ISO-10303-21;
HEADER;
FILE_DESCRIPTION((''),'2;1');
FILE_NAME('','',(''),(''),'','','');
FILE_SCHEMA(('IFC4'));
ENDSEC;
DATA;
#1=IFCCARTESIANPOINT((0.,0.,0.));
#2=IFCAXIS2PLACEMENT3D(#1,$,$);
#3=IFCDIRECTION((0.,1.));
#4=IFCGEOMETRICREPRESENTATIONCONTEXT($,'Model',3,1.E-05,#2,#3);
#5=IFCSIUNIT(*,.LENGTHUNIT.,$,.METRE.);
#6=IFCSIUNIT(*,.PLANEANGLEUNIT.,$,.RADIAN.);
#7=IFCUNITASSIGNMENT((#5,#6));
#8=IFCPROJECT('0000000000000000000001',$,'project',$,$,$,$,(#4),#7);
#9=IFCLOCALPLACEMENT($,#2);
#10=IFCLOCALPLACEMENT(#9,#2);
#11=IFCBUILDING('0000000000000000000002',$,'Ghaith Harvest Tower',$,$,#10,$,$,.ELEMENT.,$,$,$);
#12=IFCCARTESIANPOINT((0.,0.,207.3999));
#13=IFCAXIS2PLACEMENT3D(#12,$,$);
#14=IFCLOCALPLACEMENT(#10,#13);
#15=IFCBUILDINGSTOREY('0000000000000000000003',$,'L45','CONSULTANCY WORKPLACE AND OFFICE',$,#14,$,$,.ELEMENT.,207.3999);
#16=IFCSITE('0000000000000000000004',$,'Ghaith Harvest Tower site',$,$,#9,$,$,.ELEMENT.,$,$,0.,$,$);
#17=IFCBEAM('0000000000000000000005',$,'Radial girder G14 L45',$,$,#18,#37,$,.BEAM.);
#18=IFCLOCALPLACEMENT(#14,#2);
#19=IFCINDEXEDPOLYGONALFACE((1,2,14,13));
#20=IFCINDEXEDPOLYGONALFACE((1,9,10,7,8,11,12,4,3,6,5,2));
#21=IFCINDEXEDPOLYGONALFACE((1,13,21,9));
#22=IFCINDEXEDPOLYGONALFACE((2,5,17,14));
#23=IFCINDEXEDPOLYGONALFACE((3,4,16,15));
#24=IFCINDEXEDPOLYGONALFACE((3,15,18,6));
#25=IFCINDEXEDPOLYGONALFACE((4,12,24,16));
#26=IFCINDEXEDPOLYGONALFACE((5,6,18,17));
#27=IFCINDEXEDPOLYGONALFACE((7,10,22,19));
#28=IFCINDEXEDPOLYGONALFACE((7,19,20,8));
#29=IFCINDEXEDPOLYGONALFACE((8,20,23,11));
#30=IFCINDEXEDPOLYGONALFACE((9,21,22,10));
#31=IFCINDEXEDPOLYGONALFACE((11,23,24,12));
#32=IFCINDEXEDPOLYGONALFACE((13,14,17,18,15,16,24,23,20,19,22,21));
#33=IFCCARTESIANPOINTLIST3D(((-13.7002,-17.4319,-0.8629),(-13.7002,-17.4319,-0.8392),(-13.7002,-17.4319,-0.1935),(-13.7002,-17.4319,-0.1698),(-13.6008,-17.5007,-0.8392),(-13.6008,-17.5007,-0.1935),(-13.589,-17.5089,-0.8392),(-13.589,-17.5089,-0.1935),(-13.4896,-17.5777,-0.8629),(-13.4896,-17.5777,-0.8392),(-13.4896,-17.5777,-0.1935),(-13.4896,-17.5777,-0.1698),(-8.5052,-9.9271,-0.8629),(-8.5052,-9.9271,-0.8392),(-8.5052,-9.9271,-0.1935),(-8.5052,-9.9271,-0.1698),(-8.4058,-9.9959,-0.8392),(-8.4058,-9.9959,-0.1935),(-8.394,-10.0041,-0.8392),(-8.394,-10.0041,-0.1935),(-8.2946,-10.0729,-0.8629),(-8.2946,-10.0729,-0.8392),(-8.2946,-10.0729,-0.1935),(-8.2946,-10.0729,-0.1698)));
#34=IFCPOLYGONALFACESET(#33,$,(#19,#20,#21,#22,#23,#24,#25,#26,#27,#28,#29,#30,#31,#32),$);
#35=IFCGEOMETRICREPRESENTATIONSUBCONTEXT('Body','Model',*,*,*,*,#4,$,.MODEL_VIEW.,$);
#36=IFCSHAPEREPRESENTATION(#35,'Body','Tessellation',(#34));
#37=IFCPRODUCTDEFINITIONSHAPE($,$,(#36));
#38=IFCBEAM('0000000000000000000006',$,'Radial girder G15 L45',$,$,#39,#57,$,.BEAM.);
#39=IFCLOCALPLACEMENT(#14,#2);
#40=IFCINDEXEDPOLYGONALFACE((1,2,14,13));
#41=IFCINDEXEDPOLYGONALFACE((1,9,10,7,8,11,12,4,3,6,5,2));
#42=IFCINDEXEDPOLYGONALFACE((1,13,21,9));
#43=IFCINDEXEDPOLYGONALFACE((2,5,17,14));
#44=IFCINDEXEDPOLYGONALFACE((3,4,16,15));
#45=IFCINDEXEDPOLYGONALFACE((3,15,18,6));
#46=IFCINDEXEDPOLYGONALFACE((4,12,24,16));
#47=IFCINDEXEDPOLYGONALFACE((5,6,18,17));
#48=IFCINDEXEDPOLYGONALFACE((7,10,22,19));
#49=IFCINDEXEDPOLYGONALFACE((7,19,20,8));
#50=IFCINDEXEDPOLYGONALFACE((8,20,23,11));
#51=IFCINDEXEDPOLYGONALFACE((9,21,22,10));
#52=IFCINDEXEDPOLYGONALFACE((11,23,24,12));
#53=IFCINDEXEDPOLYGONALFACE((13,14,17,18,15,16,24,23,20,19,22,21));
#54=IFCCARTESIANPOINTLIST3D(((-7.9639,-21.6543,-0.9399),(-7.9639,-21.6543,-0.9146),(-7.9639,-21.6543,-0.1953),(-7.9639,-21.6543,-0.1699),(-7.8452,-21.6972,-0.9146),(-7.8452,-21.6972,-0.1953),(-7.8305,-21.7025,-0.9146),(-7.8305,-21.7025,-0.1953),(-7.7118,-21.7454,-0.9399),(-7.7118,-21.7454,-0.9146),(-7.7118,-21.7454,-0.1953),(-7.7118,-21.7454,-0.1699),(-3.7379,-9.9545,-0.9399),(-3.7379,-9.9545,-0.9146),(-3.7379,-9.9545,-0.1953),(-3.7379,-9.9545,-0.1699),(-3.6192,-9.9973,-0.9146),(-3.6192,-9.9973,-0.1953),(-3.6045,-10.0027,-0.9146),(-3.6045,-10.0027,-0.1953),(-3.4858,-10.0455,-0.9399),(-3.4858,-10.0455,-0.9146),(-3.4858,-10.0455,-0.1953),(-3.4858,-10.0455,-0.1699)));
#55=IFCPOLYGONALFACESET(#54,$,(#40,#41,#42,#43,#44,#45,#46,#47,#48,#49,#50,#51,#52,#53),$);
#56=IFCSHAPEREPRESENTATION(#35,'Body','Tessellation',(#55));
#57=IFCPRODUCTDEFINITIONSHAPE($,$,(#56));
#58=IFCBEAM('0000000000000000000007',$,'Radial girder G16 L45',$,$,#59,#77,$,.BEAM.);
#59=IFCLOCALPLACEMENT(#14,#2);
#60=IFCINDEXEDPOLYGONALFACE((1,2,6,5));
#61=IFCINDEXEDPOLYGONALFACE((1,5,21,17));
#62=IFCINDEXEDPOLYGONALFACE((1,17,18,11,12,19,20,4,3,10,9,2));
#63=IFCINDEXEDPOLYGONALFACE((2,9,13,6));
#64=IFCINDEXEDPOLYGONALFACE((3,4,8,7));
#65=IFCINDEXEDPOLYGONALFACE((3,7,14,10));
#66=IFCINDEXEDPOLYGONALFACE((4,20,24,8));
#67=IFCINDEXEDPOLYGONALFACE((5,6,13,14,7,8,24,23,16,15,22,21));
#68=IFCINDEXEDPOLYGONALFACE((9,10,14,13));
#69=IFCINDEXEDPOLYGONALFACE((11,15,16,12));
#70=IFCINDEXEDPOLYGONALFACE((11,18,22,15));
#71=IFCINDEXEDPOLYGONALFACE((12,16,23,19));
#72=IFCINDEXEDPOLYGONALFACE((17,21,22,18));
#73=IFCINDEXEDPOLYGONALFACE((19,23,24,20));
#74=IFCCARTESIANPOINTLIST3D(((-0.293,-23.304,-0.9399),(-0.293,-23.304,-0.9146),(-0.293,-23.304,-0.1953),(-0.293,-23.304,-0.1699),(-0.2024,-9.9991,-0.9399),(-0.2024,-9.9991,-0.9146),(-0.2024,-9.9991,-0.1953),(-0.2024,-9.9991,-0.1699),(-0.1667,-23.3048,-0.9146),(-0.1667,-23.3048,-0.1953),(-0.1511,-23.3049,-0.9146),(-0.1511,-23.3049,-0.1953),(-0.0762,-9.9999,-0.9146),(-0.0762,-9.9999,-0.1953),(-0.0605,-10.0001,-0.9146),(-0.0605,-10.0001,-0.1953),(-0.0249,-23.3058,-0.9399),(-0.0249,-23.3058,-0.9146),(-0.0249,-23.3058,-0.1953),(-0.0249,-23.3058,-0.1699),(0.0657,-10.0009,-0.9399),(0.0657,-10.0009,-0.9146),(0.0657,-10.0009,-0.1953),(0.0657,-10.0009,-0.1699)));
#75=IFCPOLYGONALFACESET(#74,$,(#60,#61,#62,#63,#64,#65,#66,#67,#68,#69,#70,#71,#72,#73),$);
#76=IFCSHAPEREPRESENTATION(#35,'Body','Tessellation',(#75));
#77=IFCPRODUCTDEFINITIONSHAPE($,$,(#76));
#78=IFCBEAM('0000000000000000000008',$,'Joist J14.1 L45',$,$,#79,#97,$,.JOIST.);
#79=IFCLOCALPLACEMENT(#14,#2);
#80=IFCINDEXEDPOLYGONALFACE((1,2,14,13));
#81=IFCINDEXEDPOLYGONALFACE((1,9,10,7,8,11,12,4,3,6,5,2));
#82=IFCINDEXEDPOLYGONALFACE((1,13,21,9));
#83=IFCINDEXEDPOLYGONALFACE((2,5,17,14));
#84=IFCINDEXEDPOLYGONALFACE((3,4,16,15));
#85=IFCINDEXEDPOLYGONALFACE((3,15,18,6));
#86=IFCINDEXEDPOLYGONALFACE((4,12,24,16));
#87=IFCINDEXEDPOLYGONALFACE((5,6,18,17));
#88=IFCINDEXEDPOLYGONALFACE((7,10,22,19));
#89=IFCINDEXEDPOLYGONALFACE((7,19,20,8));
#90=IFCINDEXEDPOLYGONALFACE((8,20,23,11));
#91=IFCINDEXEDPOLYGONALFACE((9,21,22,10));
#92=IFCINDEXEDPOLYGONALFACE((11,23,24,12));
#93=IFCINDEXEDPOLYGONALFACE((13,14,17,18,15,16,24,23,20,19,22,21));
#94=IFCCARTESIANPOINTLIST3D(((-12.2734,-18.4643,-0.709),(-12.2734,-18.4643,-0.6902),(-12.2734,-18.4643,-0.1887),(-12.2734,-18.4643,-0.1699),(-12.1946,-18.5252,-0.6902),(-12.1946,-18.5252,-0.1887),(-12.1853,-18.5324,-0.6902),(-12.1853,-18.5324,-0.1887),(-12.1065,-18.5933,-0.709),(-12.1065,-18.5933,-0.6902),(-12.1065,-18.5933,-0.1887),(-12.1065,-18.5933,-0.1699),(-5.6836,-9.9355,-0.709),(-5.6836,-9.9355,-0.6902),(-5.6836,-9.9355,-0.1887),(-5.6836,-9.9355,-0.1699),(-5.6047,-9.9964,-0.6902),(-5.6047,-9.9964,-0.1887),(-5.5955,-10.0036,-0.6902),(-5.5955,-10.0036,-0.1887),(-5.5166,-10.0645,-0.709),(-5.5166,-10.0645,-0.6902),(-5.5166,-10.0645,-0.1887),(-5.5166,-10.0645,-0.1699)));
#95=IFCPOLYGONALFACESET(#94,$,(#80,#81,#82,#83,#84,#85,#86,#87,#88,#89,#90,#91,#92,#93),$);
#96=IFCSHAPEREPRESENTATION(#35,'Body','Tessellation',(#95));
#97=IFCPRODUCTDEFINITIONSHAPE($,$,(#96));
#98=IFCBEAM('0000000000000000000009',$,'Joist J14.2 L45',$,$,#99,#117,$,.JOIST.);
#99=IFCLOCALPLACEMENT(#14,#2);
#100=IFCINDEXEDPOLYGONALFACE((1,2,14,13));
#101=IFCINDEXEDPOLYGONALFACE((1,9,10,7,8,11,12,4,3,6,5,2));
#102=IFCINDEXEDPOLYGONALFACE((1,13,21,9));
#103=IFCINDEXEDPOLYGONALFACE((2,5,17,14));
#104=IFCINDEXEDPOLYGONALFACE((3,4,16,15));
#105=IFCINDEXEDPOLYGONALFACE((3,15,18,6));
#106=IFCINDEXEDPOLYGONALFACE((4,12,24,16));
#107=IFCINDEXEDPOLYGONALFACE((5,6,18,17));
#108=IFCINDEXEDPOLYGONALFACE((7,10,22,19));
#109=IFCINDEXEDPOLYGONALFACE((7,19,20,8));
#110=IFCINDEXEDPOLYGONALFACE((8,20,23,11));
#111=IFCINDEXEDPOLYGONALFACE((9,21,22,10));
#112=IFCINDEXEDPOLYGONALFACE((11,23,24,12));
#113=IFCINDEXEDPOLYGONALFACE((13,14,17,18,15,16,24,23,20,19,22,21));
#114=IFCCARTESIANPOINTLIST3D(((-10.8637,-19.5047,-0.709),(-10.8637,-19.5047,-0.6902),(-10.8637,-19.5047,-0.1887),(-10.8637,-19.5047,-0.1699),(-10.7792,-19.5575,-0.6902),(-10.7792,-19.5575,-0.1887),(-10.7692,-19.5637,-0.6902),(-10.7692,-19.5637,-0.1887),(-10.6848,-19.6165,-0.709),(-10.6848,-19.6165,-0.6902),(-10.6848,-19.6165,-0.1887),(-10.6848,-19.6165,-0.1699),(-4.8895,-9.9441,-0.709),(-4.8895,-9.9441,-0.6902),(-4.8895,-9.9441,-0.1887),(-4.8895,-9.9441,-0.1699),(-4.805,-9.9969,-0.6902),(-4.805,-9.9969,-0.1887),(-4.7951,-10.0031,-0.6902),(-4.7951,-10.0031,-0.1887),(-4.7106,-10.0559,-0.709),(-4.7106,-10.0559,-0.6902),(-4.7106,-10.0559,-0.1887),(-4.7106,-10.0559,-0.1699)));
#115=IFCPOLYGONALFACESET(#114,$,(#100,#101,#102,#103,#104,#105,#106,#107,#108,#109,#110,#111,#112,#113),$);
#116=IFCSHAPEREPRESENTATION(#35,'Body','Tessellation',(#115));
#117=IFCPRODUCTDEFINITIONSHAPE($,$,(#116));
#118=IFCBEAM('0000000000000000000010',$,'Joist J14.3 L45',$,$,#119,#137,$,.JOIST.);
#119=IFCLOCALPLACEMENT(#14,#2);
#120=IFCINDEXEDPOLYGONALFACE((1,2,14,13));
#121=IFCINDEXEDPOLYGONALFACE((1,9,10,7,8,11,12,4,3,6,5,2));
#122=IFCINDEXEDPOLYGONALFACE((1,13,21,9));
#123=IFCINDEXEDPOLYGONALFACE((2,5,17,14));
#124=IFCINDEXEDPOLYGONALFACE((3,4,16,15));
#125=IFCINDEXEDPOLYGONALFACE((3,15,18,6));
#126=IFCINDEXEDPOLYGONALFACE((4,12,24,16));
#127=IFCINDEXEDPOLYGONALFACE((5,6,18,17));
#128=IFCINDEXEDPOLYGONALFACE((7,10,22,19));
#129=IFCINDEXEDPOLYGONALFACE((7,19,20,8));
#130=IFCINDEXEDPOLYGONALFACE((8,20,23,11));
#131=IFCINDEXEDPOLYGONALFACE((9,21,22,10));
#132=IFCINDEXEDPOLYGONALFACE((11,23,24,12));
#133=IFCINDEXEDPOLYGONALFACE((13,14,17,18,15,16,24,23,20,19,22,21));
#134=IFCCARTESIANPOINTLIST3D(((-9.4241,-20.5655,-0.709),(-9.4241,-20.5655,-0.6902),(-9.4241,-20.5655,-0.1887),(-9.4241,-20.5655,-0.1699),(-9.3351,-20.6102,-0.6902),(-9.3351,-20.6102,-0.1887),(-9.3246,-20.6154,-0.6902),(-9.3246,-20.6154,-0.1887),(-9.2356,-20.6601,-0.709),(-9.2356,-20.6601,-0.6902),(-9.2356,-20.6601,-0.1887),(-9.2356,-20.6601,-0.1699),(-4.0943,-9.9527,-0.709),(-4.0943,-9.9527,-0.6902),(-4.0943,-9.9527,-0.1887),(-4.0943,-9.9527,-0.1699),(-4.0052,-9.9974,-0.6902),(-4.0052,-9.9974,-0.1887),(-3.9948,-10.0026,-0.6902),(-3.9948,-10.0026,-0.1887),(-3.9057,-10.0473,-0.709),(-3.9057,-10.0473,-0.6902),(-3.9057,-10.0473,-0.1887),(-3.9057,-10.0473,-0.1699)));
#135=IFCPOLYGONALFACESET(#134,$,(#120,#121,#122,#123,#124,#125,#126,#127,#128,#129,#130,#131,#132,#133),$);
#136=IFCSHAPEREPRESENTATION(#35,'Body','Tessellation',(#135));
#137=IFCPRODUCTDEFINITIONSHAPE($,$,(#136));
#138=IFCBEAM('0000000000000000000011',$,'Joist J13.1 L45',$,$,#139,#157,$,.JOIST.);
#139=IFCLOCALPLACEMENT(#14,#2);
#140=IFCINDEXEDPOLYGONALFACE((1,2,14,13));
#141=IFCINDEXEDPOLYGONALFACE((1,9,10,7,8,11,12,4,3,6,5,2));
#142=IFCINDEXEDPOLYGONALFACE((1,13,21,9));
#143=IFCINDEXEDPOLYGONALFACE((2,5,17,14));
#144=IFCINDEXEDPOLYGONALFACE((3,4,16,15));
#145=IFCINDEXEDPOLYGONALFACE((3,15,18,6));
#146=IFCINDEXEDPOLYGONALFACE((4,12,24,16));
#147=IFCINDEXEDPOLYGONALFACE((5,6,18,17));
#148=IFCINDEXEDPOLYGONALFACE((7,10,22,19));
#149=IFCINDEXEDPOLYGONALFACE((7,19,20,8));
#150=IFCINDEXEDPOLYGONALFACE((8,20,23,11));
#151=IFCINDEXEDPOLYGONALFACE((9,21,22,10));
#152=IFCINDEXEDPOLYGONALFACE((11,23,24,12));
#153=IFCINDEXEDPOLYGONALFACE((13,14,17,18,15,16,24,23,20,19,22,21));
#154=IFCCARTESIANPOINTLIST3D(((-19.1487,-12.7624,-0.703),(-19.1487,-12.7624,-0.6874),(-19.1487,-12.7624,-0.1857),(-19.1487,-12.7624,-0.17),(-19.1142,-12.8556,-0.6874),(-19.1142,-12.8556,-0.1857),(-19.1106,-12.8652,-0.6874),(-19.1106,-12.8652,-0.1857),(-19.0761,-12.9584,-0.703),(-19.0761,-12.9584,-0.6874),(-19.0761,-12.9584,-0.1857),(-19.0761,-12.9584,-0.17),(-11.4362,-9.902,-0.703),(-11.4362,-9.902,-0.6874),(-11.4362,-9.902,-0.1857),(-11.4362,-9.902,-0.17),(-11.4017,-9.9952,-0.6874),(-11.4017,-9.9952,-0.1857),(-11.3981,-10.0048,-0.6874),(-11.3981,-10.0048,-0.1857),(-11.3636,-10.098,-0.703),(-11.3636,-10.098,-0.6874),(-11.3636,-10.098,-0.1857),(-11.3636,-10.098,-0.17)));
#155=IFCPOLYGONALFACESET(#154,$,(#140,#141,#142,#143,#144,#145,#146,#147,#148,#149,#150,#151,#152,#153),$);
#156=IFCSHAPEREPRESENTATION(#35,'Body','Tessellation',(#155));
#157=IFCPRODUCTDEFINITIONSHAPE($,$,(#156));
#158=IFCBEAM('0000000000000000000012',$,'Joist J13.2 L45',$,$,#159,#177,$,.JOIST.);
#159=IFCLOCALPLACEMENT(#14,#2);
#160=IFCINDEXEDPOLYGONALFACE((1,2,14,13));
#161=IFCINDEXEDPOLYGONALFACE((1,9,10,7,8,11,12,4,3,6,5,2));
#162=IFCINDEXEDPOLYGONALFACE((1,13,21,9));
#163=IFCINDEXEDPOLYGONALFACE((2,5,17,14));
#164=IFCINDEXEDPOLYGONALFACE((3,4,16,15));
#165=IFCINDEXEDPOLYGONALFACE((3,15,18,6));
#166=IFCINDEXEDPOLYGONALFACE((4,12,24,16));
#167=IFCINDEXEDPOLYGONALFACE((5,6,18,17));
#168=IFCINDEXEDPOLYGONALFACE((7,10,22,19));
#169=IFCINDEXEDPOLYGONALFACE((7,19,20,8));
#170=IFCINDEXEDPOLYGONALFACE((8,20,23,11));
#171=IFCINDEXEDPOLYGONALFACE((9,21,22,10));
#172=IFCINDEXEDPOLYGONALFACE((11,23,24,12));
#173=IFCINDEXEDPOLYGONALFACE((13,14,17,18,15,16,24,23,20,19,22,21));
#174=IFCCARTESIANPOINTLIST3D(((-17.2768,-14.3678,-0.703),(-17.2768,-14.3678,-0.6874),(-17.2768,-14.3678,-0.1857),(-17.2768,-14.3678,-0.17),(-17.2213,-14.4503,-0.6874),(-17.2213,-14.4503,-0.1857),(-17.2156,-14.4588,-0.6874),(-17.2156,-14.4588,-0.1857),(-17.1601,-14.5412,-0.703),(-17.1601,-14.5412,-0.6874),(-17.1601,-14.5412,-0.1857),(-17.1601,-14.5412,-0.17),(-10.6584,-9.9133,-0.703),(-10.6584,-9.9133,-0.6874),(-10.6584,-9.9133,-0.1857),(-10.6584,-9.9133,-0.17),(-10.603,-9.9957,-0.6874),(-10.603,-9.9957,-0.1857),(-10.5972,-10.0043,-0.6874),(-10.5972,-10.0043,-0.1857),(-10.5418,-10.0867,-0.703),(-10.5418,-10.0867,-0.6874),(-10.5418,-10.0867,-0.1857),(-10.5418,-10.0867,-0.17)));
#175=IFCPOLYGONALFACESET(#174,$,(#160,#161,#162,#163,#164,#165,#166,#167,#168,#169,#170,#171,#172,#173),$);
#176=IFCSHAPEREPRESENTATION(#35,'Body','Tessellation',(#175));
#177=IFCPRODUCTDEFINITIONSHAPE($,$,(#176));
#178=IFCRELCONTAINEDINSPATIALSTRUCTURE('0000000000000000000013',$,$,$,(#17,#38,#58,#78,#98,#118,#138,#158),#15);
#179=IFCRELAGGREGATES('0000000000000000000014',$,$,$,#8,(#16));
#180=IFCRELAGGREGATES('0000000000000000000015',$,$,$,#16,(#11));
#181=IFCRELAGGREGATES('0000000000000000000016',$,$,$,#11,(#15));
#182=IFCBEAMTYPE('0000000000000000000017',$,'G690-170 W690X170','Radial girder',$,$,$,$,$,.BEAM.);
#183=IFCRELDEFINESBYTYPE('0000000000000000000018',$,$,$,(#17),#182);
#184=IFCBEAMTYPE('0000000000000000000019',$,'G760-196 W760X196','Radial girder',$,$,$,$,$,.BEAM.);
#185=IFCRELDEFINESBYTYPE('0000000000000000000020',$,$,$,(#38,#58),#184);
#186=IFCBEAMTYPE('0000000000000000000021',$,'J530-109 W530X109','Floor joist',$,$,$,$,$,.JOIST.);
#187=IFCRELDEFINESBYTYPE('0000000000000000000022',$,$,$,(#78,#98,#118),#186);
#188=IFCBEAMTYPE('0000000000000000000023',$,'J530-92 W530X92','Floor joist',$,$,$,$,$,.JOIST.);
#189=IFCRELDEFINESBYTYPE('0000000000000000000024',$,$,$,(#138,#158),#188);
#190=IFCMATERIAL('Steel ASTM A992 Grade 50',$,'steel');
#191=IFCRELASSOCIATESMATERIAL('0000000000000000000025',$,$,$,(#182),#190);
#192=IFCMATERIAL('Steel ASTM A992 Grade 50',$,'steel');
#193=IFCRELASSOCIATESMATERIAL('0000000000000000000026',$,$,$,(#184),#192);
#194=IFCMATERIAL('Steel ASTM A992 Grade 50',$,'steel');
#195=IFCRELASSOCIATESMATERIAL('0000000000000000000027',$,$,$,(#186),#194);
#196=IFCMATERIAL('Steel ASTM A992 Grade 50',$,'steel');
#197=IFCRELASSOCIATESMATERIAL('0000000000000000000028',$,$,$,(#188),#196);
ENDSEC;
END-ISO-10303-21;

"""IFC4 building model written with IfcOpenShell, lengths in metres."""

from ifc_helpers import new_model, si_unit, direction, frame, origin, origin_2d, place, context, subcontext, project, spatial, i_section, extrude, material, material_profile, profile_set, type_object, element, save


model = new_model("IFC4")

# Units and contexts
model_context = context("Model", 3, precision=1e-05, world=origin(), true_north=direction((0.0, 1.0)))
body_context = subcontext(model_context, "Body", "Model", "MODEL_VIEW")
ifc_project = project(units=[si_unit("LENGTHUNIT", "METRE"), si_unit("PLANEANGLEUNIT", "RADIAN")], contexts=[model_context])

# Site, building, storey
site_placement = place(None, origin())
site = spatial("IfcSite", under=ifc_project, at=site_placement, Name="Ghaith Harvest Tower site", CompositionType="ELEMENT", RefElevation=0.0)
building_placement = place(site_placement, origin())
building = spatial("IfcBuilding", under=site, at=building_placement, Name="Ghaith Harvest Tower", CompositionType="ELEMENT")
storey_placement = place(building_placement, frame((0.0, 0.0, 207.3999)))
storey = spatial("IfcBuildingStorey", under=building, at=storey_placement, Name="L45", Description="CONSULTANCY WORKPLACE AND OFFICE", CompositionType="ELEMENT", Elevation=207.3999)

# Beams
ifc_material_1 = material(Name="Steel ASTM A992 Grade 50", Category="steel")
ifc_material_profile_1 = material_profile(ifc_material_1, i_section(OverallWidth=0.2561, OverallDepth=0.6931, WebThickness=0.0144, FlangeThickness=0.0237, at=origin_2d()), Name="W690X170")
ifc_profile_set_1 = profile_set([ifc_material_profile_1], Name="Steel ASTM A992 Grade 50")
beam_type_1 = type_object("IfcBeamType", Name="G690-170 W690X170", Description="Radial girder", PredefinedType="BEAM", material=ifc_profile_set_1)
beam_1_placement = place(storey_placement, frame((-8.3999, -10.0, -0.5164), z_axis=(-0.569164, -0.822224, 0.0), x_axis=(0.822224, -0.569164, 0.0)))
element("IfcBeam", 1, at=beam_1_placement, inside=storey, type_object=beam_type_1, Name="Radial girder G14 L45", PredefinedType="BEAM", context=body_context, shape_type="SweptSolid", body=[
    extrude(i_section(OverallWidth=0.2561, OverallDepth=0.6931, WebThickness=0.0144, FlangeThickness=0.0237, at=origin_2d()), origin(), (0.0, 0.0, 1.0), 9.1274),
])
ifc_material_2 = material(Name="Steel ASTM A992 Grade 50", Category="steel")
ifc_material_profile_2 = material_profile(ifc_material_2, i_section(OverallWidth=0.2681, OverallDepth=0.77, WebThickness=0.0156, FlangeThickness=0.0254, at=origin_2d()), Name="W760X196")
ifc_profile_set_2 = profile_set([ifc_material_profile_2], Name="Steel ASTM A992 Grade 50")
beam_type_2 = type_object("IfcBeamType", Name="G760-196 W760X196", Description="Radial girder", PredefinedType="BEAM", material=ifc_profile_set_2)
beam_2_placement = place(storey_placement, frame((-3.6118, -10.0, -0.5549), z_axis=(-0.339722, -0.940526, 0.0), x_axis=(0.940526, -0.339722, 0.0)))
element("IfcBeam", 2, at=beam_2_placement, inside=storey, type_object=beam_type_2, Name="Radial girder G15 L45", PredefinedType="BEAM", context=body_context, shape_type="SweptSolid", body=[
    extrude(i_section(OverallWidth=0.2681, OverallDepth=0.77, WebThickness=0.0156, FlangeThickness=0.0254, at=origin_2d()), origin(), (0.0, 0.0, 1.0), 12.4397),
])
beam_3_placement = place(storey_placement, frame((-0.0684, -10.0, -0.5549), z_axis=(-0.006808, -0.999977, 0.0), x_axis=(0.999977, -0.006808, 0.0)))
element("IfcBeam", 3, at=beam_3_placement, inside=storey, type_object=beam_type_2, Name="Radial girder G16 L45", PredefinedType="BEAM", context=body_context, shape_type="SweptSolid", body=[
    extrude(i_section(OverallWidth=0.2681, OverallDepth=0.77, WebThickness=0.0156, FlangeThickness=0.0254, at=origin_2d()), origin(), (0.0, 0.0, 1.0), 13.3052),
])
ifc_material_3 = material(Name="Steel ASTM A992 Grade 50", Category="steel")
ifc_material_profile_3 = material_profile(ifc_material_3, i_section(OverallWidth=0.2109, OverallDepth=0.5391, WebThickness=0.0117, FlangeThickness=0.0188, at=origin_2d()), Name="W530X109")
ifc_profile_set_3 = profile_set([ifc_material_profile_3], Name="Steel ASTM A992 Grade 50")
beam_type_3 = type_object("IfcBeamType", Name="J530-109 W530X109", Description="Floor joist", PredefinedType="JOIST", material=ifc_profile_set_3)
beam_4_placement = place(storey_placement, frame((-5.6001, -10.0, -0.4395), z_axis=(-0.611413, -0.791312, 0.0), x_axis=(0.791312, -0.611413, 0.0)))
element("IfcBeam", 4, at=beam_4_placement, inside=storey, type_object=beam_type_3, Name="Joist J14.1 L45", PredefinedType="JOIST", context=body_context, shape_type="SweptSolid", body=[
    extrude(i_section(OverallWidth=0.2109, OverallDepth=0.5391, WebThickness=0.0117, FlangeThickness=0.0188, at=origin_2d()), origin(), (0.0, 0.0, 1.0), 10.7781),
])
beam_5_placement = place(storey_placement, frame((-4.8, -10.0, -0.4395), z_axis=(-0.529921, -0.848047, 0.0), x_axis=(0.848047, -0.529921, 0.0)))
element("IfcBeam", 5, at=beam_5_placement, inside=storey, type_object=beam_type_3, Name="Joist J14.2 L45", PredefinedType="JOIST", context=body_context, shape_type="SweptSolid", body=[
    extrude(i_section(OverallWidth=0.2109, OverallDepth=0.5391, WebThickness=0.0117, FlangeThickness=0.0188, at=origin_2d()), origin(), (0.0, 0.0, 1.0), 11.2737),
])
beam_6_placement = place(storey_placement, frame((-4.0, -10.0, -0.4395), z_axis=(-0.448792, -0.893636, 0.0), x_axis=(0.893636, -0.448792, 0.0)))
element("IfcBeam", 6, at=beam_6_placement, inside=storey, type_object=beam_type_3, Name="Joist J14.3 L45", PredefinedType="JOIST", context=body_context, shape_type="SweptSolid", body=[
    extrude(i_section(OverallWidth=0.2109, OverallDepth=0.5391, WebThickness=0.0117, FlangeThickness=0.0188, at=origin_2d()), origin(), (0.0, 0.0, 1.0), 11.876),
])
ifc_material_4 = material(Name="Steel ASTM A992 Grade 50", Category="steel")
ifc_material_profile_4 = material_profile(ifc_material_4, i_section(OverallWidth=0.209, OverallDepth=0.533, WebThickness=0.0103, FlangeThickness=0.0156, at=origin_2d()), Name="W530X92")
ifc_profile_set_4 = profile_set([ifc_material_profile_4], Name="Steel ASTM A992 Grade 50")
beam_type_4 = type_object("IfcBeamType", Name="J530-92 W530X92", Description="Floor joist", PredefinedType="JOIST", material=ifc_profile_set_4)
beam_7_placement = place(storey_placement, frame((-11.3999, -10.0, -0.4365), z_axis=(-0.937594, -0.347732, 0.0), x_axis=(0.347732, -0.937594, 0.0)))
element("IfcBeam", 7, at=beam_7_placement, inside=storey, type_object=beam_type_4, Name="Joist J13.1 L45", PredefinedType="JOIST", context=body_context, shape_type="SweptSolid", body=[
    extrude(i_section(OverallWidth=0.209, OverallDepth=0.533, WebThickness=0.0103, FlangeThickness=0.0156, at=origin_2d()), origin(), (0.0, 0.0, 1.0), 8.2258),
])
beam_8_placement = place(storey_placement, frame((-10.6001, -10.0, -0.4365), z_axis=(-0.829594, -0.558367, 0.0), x_axis=(0.558367, -0.829594, 0.0)))
element("IfcBeam", 8, at=beam_8_placement, inside=storey, type_object=beam_type_4, Name="Joist J13.2 L45", PredefinedType="JOIST", context=body_context, shape_type="SweptSolid", body=[
    extrude(i_section(OverallWidth=0.209, OverallDepth=0.533, WebThickness=0.0103, FlangeThickness=0.0156, at=origin_2d()), origin(), (0.0, 0.0, 1.0), 7.9778),
])

save(model, "model.ifc")
